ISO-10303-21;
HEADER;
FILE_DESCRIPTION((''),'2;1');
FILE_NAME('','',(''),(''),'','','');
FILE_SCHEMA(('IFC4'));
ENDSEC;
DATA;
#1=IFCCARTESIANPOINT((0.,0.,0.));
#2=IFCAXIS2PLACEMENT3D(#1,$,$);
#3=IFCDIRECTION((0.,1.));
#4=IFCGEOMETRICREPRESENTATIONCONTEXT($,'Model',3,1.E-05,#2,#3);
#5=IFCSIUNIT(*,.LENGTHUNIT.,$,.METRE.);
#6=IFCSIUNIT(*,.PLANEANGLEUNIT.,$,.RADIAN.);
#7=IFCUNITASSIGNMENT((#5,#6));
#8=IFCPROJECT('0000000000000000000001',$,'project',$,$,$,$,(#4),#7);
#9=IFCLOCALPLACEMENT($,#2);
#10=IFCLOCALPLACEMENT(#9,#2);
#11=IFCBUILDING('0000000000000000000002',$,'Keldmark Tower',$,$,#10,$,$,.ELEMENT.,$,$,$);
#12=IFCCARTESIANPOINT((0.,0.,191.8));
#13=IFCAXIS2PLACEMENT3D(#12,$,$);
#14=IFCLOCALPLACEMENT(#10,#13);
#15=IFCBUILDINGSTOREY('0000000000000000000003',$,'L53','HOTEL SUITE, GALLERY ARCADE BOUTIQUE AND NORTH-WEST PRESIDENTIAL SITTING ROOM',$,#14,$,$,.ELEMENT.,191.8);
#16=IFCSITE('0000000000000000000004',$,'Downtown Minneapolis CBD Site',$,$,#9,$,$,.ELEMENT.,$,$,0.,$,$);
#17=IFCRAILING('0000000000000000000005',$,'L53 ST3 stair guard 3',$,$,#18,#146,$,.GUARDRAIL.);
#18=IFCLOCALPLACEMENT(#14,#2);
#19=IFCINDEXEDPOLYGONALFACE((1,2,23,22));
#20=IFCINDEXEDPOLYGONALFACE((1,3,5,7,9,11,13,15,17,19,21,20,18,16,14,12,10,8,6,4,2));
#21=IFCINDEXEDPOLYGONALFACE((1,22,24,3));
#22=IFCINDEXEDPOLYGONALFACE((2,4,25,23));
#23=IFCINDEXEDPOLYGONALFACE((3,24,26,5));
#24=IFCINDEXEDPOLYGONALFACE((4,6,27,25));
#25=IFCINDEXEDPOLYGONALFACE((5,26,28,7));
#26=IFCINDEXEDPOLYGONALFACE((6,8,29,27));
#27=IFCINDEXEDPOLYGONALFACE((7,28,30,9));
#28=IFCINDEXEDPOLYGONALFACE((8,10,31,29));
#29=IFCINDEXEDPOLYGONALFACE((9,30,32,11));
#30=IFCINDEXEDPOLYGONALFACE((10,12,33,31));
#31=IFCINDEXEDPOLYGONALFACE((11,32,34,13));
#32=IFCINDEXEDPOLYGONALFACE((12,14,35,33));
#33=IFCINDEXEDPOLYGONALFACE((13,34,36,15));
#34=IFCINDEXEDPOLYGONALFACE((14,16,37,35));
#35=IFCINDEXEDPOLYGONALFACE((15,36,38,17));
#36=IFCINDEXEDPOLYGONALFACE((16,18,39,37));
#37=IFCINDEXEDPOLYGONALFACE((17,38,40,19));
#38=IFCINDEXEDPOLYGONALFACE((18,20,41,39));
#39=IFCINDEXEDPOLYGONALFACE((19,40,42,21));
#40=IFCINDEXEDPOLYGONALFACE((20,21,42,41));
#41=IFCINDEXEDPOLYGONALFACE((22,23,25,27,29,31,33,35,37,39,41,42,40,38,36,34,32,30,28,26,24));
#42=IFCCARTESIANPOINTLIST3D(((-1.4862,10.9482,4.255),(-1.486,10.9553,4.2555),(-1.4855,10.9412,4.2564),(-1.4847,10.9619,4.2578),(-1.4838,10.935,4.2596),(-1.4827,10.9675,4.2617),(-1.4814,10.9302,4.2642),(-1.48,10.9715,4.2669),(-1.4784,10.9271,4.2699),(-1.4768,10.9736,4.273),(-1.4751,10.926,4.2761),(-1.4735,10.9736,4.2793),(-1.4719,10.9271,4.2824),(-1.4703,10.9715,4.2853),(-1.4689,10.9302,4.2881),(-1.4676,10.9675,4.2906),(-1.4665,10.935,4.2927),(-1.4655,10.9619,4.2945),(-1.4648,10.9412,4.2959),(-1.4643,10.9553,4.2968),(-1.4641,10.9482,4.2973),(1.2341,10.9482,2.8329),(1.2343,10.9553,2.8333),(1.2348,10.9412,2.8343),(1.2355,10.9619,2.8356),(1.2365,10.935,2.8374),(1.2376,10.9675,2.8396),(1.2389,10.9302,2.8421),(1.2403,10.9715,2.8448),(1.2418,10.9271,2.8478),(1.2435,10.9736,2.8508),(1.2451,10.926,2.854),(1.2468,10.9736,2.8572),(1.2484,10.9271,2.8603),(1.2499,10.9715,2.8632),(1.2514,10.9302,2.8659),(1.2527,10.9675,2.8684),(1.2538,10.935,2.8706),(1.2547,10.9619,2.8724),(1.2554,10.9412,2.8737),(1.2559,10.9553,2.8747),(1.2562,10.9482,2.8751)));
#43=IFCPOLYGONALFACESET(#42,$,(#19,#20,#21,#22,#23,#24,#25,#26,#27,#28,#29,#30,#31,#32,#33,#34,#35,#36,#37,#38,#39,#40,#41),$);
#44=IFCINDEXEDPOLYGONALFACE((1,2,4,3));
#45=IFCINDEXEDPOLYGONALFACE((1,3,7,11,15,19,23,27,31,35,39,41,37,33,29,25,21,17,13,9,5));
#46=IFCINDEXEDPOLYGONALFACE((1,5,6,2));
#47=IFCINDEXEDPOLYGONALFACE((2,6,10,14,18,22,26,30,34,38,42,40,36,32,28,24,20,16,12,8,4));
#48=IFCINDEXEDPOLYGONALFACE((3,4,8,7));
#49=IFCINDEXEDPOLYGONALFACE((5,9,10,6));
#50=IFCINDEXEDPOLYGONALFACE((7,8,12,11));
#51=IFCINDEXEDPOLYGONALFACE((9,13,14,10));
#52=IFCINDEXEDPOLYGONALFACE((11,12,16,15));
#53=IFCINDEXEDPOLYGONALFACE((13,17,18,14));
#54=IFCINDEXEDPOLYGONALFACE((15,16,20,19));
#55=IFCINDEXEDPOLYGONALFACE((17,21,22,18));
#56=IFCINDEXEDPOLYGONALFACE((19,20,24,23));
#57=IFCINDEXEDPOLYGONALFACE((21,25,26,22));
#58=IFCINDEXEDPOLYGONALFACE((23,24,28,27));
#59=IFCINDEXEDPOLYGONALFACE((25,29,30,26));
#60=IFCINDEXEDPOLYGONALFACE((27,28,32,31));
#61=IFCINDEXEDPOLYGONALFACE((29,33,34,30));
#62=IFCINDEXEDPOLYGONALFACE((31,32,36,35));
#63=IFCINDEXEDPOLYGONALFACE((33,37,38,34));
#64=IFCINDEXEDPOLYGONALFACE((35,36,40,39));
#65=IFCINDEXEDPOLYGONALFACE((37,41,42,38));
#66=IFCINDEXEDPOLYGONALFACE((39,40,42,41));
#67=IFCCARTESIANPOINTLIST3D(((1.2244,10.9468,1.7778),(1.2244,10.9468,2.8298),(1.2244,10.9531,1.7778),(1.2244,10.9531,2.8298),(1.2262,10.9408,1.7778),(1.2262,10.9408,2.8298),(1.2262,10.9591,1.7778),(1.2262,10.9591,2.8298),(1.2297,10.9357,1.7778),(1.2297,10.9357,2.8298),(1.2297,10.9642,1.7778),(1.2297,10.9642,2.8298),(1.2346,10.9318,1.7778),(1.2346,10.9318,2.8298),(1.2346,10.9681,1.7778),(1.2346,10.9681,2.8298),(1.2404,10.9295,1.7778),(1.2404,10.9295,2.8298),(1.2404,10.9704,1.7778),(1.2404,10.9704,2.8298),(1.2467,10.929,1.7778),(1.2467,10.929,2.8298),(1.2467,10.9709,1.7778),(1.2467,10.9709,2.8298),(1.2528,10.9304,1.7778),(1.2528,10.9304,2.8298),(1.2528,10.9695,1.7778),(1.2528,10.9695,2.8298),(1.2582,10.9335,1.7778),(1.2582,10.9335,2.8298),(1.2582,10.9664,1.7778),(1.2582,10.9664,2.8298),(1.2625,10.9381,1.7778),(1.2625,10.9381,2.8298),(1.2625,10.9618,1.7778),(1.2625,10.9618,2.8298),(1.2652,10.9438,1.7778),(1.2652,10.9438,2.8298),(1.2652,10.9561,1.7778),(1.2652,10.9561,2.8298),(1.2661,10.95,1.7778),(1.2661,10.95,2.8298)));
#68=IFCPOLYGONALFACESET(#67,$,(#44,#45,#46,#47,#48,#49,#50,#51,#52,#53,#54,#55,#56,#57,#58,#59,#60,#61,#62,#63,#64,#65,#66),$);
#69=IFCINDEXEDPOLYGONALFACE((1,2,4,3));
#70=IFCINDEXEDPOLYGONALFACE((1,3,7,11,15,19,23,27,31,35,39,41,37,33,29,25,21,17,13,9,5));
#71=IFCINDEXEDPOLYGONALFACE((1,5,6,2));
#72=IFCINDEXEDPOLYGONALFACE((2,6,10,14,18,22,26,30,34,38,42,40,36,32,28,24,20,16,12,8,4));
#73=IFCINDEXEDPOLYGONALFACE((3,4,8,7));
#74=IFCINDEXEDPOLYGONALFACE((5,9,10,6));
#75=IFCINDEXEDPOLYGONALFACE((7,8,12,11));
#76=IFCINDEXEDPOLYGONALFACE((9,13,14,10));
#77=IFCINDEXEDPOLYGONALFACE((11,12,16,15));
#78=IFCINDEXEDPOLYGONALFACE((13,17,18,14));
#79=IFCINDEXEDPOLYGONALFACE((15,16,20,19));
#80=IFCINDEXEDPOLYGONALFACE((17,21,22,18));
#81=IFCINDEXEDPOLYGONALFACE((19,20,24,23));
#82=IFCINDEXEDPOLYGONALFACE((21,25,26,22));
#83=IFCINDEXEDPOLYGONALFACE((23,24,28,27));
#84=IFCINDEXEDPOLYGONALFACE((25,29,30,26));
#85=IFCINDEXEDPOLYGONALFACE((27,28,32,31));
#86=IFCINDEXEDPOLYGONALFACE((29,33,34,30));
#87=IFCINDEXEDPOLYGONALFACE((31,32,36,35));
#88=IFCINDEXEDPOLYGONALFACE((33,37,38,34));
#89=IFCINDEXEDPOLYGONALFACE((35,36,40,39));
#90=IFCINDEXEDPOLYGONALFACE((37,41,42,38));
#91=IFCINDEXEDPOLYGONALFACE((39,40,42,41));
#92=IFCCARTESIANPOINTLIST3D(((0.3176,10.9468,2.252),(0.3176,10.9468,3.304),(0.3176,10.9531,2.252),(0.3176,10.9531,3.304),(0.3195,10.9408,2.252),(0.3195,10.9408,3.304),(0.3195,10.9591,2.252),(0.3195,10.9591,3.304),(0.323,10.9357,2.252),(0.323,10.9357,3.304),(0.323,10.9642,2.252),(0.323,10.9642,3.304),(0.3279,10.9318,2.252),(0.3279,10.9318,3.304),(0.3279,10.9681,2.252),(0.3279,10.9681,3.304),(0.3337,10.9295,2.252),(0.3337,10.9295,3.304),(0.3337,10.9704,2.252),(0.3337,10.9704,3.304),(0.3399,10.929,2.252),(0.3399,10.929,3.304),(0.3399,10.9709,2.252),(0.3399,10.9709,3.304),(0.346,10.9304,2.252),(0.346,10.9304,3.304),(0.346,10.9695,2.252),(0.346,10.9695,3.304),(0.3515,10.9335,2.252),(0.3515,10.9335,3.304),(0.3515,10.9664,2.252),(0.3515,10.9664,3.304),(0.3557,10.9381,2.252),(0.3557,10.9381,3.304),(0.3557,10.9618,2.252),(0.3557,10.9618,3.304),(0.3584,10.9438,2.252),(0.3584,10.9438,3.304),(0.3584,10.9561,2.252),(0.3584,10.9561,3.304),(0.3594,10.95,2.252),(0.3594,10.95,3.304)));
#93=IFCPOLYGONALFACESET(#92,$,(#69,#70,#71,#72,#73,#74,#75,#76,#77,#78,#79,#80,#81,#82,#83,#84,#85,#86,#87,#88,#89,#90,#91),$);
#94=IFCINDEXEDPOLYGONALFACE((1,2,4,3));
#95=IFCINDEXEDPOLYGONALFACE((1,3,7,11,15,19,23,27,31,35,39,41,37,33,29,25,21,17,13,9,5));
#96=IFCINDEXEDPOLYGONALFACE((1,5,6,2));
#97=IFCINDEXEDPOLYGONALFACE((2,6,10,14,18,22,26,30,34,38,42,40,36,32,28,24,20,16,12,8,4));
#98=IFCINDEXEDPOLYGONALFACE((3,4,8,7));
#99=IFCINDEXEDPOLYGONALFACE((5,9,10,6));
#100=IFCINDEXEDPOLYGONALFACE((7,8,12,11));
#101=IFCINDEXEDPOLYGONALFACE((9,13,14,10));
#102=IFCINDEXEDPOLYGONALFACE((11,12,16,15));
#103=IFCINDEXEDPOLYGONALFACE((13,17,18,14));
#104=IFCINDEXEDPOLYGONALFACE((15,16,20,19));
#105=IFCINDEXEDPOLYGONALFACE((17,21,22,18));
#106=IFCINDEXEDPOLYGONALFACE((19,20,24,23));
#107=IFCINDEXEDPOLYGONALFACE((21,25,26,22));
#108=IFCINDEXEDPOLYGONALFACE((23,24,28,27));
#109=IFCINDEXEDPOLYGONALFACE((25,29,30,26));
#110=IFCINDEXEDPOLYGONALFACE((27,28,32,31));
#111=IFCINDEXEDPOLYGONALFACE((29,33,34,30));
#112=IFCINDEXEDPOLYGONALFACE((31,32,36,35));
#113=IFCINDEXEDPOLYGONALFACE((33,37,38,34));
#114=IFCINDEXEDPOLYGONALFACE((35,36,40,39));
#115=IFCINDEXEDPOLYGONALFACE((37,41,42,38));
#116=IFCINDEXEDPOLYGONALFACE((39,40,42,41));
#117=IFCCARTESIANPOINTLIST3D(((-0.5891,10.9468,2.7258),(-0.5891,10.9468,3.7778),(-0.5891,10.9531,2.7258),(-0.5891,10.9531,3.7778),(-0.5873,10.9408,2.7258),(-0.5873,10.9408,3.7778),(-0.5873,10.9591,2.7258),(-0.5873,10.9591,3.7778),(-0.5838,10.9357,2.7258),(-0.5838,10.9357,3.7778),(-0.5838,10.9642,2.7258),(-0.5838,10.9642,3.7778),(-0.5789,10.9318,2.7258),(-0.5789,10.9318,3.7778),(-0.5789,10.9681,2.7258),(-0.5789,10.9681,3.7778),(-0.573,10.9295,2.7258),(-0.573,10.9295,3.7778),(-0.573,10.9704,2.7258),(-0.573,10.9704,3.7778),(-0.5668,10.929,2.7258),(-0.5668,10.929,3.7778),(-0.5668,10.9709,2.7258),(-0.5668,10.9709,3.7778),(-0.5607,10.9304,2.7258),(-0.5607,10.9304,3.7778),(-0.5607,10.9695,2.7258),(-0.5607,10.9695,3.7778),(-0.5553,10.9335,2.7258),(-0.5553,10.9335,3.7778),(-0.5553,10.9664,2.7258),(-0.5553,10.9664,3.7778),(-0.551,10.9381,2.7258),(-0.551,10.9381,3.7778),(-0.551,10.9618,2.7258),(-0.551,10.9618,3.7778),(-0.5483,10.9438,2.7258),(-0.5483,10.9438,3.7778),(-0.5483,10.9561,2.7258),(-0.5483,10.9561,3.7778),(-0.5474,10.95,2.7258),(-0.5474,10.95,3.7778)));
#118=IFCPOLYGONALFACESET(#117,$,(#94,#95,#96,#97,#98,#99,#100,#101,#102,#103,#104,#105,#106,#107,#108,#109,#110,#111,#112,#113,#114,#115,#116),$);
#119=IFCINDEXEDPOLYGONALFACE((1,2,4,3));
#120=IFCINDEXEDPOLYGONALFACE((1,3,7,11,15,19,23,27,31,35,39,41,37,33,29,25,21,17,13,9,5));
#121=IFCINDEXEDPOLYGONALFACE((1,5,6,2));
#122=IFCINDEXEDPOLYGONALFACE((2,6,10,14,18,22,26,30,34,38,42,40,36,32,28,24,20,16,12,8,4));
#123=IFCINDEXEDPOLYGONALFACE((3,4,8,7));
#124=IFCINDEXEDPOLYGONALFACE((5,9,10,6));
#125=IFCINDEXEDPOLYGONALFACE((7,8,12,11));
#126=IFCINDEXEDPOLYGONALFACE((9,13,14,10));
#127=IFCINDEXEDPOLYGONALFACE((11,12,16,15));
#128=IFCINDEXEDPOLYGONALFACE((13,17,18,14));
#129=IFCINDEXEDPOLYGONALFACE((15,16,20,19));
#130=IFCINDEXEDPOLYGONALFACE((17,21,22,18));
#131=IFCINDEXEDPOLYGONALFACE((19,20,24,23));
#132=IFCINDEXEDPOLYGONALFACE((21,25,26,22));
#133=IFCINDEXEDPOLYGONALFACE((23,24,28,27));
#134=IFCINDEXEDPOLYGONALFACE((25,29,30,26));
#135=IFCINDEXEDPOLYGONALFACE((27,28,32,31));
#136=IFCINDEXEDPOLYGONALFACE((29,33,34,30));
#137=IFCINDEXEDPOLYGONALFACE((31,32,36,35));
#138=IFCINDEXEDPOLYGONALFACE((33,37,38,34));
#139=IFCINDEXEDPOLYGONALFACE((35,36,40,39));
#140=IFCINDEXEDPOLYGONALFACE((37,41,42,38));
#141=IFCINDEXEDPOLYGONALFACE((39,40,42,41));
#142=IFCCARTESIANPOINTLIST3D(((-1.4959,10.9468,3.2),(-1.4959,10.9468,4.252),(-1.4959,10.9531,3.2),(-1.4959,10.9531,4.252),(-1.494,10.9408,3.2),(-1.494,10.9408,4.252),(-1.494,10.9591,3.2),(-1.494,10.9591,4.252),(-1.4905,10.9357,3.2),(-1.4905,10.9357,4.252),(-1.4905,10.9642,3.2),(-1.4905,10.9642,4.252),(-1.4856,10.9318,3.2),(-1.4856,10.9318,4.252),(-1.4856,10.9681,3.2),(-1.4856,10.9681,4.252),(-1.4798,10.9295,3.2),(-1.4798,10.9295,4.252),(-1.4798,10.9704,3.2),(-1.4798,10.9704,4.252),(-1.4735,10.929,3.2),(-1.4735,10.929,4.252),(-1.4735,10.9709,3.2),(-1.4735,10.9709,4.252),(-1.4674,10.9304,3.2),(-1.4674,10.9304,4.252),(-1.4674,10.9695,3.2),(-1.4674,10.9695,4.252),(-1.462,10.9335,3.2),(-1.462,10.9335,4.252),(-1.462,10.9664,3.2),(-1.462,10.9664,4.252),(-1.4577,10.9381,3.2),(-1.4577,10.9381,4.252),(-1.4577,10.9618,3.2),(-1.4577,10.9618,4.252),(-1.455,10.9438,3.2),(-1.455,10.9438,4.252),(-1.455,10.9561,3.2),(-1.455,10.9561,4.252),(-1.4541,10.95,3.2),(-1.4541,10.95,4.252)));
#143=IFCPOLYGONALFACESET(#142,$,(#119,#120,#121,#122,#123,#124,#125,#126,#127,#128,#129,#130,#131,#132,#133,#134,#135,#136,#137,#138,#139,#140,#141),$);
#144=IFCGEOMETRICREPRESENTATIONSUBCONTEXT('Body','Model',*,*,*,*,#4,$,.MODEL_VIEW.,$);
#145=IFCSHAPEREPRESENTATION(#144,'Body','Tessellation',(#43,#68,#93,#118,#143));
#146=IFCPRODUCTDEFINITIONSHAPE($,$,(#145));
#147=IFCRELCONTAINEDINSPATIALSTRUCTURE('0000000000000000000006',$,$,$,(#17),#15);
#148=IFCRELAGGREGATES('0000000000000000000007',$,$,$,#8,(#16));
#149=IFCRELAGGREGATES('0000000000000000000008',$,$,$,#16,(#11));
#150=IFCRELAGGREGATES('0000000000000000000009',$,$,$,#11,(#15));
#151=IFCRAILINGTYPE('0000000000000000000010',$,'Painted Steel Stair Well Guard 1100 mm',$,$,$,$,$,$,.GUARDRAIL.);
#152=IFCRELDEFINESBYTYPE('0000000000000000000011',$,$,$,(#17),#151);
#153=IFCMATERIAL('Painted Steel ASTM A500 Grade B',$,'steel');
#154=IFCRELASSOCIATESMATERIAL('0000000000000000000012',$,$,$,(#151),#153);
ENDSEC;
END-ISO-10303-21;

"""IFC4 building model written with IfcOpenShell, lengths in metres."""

from ifc_helpers import new_model, si_unit, direction, frame, origin, origin_2d, place, context, subcontext, project, spatial, circle, extrude, material, type_object, element, save


model = new_model("IFC4")

# Units and contexts
model_context = context("Model", 3, precision=1e-05, world=origin(), true_north=direction((0.0, 1.0)))
body_context = subcontext(model_context, "Body", "Model", "MODEL_VIEW")
ifc_project = project(units=[si_unit("LENGTHUNIT", "METRE"), si_unit("PLANEANGLEUNIT", "RADIAN")], contexts=[model_context])

# Site, building, storey
site_placement = place(None, origin())
site = spatial("IfcSite", under=ifc_project, at=site_placement, Name="Downtown Minneapolis CBD Site", CompositionType="ELEMENT", RefElevation=0.0)
building_placement = place(site_placement, origin())
building = spatial("IfcBuilding", under=site, at=building_placement, Name="Keldmark Tower", CompositionType="ELEMENT")
storey_placement = place(building_placement, frame((0.0, 0.0, 191.8)))
storey = spatial("IfcBuildingStorey", under=building, at=storey_placement, Name="L53", Description="HOTEL SUITE, GALLERY ARCADE BOUTIQUE AND NORTH-WEST PRESIDENTIAL SITTING ROOM", CompositionType="ELEMENT", Elevation=191.8)

# Railing
ifc_material_1 = material(Name="Painted Steel ASTM A500 Grade B", Category="steel")
railing_type_1 = type_object("IfcRailingType", Name="Painted Steel Stair Well Guard 1100 mm", PredefinedType="GUARDRAIL", material=ifc_material_1)
railing_1_placement = place(storey_placement, frame((1.2451, 10.95, 1.7778)))
element("IfcRailing", 1, at=railing_1_placement, inside=storey, type_object=railing_type_1, Name="L53 ST3 stair guard 3", PredefinedType="GUARDRAIL", context=body_context, shape_type="SweptSolid", body=[
    extrude(circle(Radius=0.0239, at=origin_2d()), frame((0.0, 0.0, 1.0762), z_axis=(-0.8862, 0.0, 0.463302), x_axis=(0.0, -1.0, 0.0)), (0.0, 0.0, 1.0), 3.0696),
    extrude(circle(Radius=0.021, at=origin_2d()), origin(), (0.0, 0.0, 1.0), 1.052),
    extrude(circle(Radius=0.021, at=origin_2d()), frame((-0.9067, 0.0, 0.4741)), (0.0, 0.0, 1.0), 1.052),
    extrude(circle(Radius=0.021, at=origin_2d()), frame((-1.8135, 0.0, 0.948)), (0.0, 0.0, 1.0), 1.052),
    extrude(circle(Radius=0.021, at=origin_2d()), frame((-2.7202, 0.0, 1.4221)), (0.0, 0.0, 1.0), 1.052),
])

save(model, "model.ifc")
